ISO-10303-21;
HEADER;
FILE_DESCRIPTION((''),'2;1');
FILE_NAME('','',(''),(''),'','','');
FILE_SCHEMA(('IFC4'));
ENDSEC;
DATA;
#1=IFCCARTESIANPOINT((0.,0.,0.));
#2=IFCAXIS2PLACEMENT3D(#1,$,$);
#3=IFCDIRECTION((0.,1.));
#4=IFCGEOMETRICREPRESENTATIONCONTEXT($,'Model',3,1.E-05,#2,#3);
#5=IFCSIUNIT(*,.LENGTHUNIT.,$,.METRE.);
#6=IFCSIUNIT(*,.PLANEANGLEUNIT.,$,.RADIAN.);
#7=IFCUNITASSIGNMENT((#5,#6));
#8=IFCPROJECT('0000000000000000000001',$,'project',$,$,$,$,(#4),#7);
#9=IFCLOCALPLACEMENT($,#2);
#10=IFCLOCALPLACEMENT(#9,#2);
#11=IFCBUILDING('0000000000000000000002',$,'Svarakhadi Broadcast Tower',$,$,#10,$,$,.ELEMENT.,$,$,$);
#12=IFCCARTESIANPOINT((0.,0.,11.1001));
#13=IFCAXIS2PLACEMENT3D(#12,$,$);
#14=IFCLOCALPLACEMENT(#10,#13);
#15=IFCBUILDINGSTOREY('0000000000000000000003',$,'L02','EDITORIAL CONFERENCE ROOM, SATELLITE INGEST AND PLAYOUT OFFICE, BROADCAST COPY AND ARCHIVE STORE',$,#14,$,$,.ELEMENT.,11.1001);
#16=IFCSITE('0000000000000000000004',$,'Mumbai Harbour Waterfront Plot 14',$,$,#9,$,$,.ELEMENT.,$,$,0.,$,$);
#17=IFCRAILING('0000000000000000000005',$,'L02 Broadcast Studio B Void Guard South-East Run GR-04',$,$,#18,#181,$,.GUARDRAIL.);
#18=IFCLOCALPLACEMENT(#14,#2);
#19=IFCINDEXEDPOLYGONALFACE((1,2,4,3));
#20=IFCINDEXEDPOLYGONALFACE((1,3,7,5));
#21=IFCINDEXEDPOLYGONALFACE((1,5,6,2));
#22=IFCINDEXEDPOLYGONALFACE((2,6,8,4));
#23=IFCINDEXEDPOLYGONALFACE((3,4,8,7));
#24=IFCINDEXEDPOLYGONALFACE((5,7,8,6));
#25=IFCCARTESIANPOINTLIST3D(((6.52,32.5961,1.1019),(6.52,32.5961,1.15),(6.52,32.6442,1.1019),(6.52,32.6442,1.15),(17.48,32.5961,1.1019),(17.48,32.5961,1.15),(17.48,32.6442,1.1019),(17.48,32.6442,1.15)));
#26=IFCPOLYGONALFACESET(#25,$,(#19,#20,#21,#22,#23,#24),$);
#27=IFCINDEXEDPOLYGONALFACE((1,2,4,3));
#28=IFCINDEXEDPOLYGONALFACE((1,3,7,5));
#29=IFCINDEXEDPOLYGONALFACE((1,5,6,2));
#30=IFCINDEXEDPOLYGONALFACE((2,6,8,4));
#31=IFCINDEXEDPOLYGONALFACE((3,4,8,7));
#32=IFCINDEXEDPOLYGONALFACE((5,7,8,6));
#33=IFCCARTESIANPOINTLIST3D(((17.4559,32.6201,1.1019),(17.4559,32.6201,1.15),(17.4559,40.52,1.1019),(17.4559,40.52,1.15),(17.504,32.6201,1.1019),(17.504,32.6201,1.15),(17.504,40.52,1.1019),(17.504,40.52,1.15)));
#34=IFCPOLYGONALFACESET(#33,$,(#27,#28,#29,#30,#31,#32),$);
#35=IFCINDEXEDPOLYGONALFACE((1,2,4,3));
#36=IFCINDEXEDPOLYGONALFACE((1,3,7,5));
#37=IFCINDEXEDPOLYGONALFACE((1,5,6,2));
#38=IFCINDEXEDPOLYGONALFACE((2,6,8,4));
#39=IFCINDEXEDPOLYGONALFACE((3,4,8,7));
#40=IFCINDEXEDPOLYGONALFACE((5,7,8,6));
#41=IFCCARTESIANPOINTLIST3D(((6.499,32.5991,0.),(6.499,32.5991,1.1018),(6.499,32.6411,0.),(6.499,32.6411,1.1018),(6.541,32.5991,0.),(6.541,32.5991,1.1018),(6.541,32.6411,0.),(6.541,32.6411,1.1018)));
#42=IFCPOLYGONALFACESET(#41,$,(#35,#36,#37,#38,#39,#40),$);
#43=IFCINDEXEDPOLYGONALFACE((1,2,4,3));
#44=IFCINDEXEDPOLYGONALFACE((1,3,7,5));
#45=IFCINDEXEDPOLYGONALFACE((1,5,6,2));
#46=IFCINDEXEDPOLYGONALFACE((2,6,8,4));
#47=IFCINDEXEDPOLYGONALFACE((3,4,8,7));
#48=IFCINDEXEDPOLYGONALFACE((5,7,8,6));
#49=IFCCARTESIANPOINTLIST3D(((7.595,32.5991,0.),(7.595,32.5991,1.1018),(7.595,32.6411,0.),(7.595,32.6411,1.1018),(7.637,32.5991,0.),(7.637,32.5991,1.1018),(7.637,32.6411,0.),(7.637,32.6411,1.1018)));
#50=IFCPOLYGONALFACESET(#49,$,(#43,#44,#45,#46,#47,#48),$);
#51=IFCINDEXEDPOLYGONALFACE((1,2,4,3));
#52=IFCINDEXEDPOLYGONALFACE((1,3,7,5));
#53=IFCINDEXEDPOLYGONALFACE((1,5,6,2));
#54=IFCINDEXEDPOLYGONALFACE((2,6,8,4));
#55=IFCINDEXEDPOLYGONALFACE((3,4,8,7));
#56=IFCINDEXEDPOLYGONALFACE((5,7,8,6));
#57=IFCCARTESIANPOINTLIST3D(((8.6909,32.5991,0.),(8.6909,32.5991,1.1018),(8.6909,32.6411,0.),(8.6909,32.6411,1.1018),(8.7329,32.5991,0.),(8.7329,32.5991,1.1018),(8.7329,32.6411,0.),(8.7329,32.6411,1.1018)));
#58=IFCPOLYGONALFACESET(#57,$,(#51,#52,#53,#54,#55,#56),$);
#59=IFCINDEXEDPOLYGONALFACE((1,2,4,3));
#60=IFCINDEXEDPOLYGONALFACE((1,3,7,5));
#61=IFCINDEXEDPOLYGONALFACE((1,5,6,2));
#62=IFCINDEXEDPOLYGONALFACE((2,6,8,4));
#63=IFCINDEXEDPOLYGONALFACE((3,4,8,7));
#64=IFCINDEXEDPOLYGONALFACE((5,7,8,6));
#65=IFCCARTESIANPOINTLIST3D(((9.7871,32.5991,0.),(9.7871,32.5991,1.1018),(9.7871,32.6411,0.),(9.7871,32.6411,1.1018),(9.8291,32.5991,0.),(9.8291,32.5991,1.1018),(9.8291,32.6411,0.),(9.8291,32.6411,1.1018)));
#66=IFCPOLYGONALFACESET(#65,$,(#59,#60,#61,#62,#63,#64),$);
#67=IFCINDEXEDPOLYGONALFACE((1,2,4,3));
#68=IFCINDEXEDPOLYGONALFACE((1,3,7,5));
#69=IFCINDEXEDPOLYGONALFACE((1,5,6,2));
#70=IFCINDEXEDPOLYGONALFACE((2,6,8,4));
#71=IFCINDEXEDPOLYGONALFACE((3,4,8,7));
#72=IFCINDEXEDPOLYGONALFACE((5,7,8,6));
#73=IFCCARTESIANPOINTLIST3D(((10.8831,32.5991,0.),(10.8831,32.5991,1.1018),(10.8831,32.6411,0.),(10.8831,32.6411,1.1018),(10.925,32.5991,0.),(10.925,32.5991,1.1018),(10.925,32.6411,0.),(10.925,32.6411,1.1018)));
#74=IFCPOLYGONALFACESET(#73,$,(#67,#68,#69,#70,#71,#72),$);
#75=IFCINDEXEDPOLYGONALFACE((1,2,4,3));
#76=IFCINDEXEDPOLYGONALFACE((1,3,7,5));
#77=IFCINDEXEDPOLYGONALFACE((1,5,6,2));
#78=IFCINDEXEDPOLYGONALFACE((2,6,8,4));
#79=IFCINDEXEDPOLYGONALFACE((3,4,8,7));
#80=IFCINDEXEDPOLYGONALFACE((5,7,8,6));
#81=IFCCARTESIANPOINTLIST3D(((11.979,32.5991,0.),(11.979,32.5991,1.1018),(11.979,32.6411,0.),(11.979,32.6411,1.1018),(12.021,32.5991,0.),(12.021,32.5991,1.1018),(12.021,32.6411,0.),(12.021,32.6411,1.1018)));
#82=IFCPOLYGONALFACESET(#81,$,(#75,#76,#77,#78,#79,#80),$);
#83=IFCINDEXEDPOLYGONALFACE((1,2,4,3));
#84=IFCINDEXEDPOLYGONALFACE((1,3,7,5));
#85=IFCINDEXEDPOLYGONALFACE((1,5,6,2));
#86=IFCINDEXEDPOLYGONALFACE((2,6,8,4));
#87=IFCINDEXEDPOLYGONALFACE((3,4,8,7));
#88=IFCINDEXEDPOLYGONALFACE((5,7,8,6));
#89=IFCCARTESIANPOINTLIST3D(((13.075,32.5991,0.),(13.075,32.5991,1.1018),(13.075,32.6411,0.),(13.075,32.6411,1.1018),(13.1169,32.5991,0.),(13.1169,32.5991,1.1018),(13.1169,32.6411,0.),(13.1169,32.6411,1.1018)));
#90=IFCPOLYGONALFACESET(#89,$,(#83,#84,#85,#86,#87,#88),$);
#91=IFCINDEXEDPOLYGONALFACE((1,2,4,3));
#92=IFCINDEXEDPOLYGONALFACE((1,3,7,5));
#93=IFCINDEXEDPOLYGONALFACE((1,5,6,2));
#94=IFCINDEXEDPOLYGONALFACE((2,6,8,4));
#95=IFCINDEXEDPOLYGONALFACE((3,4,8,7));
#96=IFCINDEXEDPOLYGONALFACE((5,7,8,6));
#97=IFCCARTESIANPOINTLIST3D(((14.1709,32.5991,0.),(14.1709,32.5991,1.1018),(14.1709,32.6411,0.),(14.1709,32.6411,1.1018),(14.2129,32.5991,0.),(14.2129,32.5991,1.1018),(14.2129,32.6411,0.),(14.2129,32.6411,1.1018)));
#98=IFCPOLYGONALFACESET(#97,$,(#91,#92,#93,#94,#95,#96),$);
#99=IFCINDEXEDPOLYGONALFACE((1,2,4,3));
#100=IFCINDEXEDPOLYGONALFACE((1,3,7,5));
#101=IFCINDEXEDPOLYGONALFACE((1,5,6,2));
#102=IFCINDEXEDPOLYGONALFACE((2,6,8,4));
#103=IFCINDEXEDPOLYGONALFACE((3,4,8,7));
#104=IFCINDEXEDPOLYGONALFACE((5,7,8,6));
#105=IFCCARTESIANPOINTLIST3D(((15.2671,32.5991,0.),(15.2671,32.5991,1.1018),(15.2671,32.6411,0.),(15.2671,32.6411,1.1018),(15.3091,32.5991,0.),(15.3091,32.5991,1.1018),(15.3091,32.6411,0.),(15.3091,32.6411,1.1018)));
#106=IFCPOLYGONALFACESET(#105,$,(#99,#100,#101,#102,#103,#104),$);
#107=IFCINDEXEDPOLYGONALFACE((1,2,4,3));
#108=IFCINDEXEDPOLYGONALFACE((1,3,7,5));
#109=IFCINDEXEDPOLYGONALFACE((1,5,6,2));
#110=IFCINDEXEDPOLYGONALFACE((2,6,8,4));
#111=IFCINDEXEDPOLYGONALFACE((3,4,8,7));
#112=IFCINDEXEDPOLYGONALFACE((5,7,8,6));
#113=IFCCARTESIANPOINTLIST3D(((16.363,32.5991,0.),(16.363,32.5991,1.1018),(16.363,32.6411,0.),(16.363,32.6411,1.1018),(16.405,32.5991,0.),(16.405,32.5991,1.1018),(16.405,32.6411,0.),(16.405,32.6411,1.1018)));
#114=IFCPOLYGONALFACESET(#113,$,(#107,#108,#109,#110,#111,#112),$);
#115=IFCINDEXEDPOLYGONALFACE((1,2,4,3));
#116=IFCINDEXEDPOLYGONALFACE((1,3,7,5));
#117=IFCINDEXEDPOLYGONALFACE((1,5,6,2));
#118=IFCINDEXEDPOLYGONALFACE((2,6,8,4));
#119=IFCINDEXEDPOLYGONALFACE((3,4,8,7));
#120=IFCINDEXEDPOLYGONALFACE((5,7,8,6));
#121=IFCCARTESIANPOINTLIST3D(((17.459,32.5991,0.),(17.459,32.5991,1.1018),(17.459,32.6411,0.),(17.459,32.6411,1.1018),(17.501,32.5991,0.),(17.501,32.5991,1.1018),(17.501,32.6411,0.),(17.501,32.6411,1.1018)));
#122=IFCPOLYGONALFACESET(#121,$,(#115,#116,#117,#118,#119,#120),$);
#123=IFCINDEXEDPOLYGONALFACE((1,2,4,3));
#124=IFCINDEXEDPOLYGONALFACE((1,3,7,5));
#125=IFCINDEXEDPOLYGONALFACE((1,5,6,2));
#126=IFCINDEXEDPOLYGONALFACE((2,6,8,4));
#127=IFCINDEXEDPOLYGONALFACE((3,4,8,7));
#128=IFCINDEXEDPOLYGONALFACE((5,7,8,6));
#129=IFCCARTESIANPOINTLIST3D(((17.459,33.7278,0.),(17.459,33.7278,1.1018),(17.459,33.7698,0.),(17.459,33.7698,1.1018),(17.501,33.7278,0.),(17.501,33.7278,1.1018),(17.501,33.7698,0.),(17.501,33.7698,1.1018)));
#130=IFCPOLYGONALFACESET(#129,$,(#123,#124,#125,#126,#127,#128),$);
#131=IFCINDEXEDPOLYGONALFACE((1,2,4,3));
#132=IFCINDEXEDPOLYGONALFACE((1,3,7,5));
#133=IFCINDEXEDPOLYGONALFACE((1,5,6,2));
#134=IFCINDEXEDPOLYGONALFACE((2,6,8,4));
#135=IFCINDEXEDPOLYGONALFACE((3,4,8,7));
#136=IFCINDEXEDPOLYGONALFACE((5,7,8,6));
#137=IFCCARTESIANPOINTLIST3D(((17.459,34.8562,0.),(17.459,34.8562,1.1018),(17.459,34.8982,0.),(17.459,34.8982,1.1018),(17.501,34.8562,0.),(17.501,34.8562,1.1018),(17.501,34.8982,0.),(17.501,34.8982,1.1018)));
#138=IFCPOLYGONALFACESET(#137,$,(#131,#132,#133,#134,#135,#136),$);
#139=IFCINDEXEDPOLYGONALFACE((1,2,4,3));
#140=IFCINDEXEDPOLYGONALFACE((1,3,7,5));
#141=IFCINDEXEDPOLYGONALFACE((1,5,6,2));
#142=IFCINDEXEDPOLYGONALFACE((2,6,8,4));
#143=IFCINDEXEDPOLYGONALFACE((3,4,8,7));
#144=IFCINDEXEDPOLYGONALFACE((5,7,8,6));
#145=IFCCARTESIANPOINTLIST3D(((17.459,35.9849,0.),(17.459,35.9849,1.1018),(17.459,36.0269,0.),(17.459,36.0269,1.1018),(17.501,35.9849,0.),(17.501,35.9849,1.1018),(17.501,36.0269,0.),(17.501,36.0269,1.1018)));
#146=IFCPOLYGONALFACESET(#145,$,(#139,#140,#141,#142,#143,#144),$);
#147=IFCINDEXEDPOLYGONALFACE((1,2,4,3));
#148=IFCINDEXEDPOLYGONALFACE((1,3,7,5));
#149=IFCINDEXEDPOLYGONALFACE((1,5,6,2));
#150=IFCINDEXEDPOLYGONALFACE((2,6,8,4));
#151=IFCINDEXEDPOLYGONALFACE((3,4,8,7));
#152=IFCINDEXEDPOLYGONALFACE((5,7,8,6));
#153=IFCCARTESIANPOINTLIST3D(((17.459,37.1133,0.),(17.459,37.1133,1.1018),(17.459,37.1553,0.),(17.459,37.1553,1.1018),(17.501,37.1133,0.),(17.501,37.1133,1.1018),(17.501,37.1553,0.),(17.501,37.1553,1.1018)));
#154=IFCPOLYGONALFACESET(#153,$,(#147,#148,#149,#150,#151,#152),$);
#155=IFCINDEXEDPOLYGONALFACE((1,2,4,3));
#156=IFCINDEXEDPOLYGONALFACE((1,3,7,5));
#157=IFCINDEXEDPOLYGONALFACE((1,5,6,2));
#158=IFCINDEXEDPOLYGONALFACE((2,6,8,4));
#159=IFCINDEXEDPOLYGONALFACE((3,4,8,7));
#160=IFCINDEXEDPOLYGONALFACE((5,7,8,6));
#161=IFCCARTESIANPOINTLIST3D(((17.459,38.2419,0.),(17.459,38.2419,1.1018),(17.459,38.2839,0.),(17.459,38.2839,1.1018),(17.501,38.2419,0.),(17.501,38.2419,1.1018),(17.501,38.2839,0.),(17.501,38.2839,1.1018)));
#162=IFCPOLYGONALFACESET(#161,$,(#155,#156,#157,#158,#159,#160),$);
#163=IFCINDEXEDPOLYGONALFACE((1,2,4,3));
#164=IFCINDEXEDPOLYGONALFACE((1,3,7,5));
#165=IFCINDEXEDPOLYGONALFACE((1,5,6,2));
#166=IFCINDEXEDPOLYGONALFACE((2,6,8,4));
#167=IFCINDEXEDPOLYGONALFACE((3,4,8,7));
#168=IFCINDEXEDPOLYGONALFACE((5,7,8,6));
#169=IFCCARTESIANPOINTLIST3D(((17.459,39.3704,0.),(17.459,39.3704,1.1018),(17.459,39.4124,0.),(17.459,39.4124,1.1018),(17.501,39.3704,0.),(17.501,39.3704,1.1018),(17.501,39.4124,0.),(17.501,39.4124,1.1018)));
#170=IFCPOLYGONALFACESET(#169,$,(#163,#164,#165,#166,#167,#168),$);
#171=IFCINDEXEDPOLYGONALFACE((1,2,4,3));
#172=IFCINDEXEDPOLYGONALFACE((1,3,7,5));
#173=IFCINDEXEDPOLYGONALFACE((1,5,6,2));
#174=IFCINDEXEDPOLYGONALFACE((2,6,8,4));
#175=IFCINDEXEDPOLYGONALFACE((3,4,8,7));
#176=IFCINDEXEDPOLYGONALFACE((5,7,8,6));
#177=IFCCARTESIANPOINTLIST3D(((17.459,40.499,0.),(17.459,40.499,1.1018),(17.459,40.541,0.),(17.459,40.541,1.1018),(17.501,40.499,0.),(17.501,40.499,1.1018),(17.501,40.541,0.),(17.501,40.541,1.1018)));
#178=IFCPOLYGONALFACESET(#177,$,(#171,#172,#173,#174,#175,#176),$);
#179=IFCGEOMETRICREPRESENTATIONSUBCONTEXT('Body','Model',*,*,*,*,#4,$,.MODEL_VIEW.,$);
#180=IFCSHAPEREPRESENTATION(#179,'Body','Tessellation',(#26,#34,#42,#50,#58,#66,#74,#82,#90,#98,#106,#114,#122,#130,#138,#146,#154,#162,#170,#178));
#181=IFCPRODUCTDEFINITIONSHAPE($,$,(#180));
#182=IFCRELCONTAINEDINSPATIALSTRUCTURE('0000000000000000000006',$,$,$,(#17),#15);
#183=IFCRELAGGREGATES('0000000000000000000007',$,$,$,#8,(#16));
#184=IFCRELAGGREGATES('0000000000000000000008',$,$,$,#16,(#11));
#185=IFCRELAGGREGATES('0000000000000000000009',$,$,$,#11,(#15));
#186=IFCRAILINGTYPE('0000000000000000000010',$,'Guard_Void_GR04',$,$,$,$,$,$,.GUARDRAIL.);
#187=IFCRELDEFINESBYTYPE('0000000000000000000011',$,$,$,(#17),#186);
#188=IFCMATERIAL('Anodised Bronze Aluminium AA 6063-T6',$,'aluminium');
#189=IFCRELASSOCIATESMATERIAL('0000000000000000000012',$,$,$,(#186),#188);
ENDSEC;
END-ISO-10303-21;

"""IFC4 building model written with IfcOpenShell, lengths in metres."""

from ifc_helpers import new_model, si_unit, direction, frame, origin, origin_2d, place, context, subcontext, project, spatial, rectangle, extrude, material, type_object, element, save


model = new_model("IFC4")

# Units and contexts
model_context = context("Model", 3, precision=1e-05, world=origin(), true_north=direction((0.0, 1.0)))
body_context = subcontext(model_context, "Body", "Model", "MODEL_VIEW")
ifc_project = project(units=[si_unit("LENGTHUNIT", "METRE"), si_unit("PLANEANGLEUNIT", "RADIAN")], contexts=[model_context])

# Site, building, storey
site_placement = place(None, origin())
site = spatial("IfcSite", under=ifc_project, at=site_placement, Name="Mumbai Harbour Waterfront Plot 14", CompositionType="ELEMENT", RefElevation=0.0)
building_placement = place(site_placement, origin())
building = spatial("IfcBuilding", under=site, at=building_placement, Name="Svarakhadi Broadcast Tower", CompositionType="ELEMENT")
storey_placement = place(building_placement, frame((0.0, 0.0, 11.1001)))
storey = spatial("IfcBuildingStorey", under=building, at=storey_placement, Name="L02", Description="EDITORIAL CONFERENCE ROOM, SATELLITE INGEST AND PLAYOUT OFFICE, BROADCAST COPY AND ARCHIVE STORE", CompositionType="ELEMENT", Elevation=11.1001)

# Shared definitions
ifc_material_1 = material(Name="Anodised Bronze Aluminium AA 6063-T6", Category="aluminium")

# Railing
railing_type = type_object("IfcRailingType", Name="Guard_Void_GR04", PredefinedType="GUARDRAIL", material=ifc_material_1)
railing_1_placement = place(storey_placement, frame((6.52, 32.6201, 0.0)))
element("IfcRailing", 1, at=railing_1_placement, inside=storey, type_object=railing_type, Name="L02 Broadcast Studio B Void Guard South-East Run GR-04", PredefinedType="GUARDRAIL", context=body_context, shape_type="SweptSolid", body=[
    extrude(rectangle(XDim=0.0481, YDim=0.0481, at=origin_2d()), frame((0.0, 0.0, 1.126), z_axis=(1.0, 0.0, 0.0), x_axis=(0.0, 1.0, 0.0)), (0.0, 0.0, 1.0), 10.96),
    extrude(rectangle(XDim=0.0481, YDim=0.0481, at=origin_2d()), frame((10.96, 0.0, 1.126), z_axis=(0.0, 1.0, 0.0), x_axis=(-1.0, 0.0, 0.0)), (0.0, 0.0, 1.0), 7.8999),
    extrude(rectangle(XDim=0.042, YDim=0.042, at=origin_2d()), origin(), (0.0, 0.0, 1.0), 1.1018),
    extrude(rectangle(XDim=0.042, YDim=0.042, at=origin_2d()), frame((1.0959, 0.0, 0.0)), (0.0, 0.0, 1.0), 1.1018),
    extrude(rectangle(XDim=0.042, YDim=0.042, at=origin_2d()), frame((2.1919, 0.0, 0.0)), (0.0, 0.0, 1.0), 1.1018),
    extrude(rectangle(XDim=0.042, YDim=0.042, at=origin_2d()), frame((3.2881, 0.0, 0.0)), (0.0, 0.0, 1.0), 1.1018),
    extrude(rectangle(XDim=0.042, YDim=0.042, at=origin_2d()), frame((4.384, 0.0, 0.0)), (0.0, 0.0, 1.0), 1.1018),
    extrude(rectangle(XDim=0.042, YDim=0.042, at=origin_2d()), frame((5.48, 0.0, 0.0)), (0.0, 0.0, 1.0), 1.1018),
    extrude(rectangle(XDim=0.042, YDim=0.042, at=origin_2d()), frame((6.5759, 0.0, 0.0)), (0.0, 0.0, 1.0), 1.1018),
    extrude(rectangle(XDim=0.042, YDim=0.042, at=origin_2d()), frame((7.6719, 0.0, 0.0)), (0.0, 0.0, 1.0), 1.1018),
    extrude(rectangle(XDim=0.042, YDim=0.042, at=origin_2d()), frame((8.7681, 0.0, 0.0)), (0.0, 0.0, 1.0), 1.1018),
    extrude(rectangle(XDim=0.042, YDim=0.042, at=origin_2d()), frame((9.864, 0.0, 0.0)), (0.0, 0.0, 1.0), 1.1018),
    extrude(rectangle(XDim=0.042, YDim=0.042, at=origin_2d()), frame((10.96, 0.0, 0.0)), (0.0, 0.0, 1.0), 1.1018),
    extrude(rectangle(XDim=0.042, YDim=0.042, at=origin_2d()), frame((10.96, 1.1287, 0.0)), (0.0, 0.0, 1.0), 1.1018),
    extrude(rectangle(XDim=0.042, YDim=0.042, at=origin_2d()), frame((10.96, 2.2571, 0.0)), (0.0, 0.0, 1.0), 1.1018),
    extrude(rectangle(XDim=0.042, YDim=0.042, at=origin_2d()), frame((10.96, 3.3857, 0.0)), (0.0, 0.0, 1.0), 1.1018),
    extrude(rectangle(XDim=0.042, YDim=0.042, at=origin_2d()), frame((10.96, 4.5142, 0.0)), (0.0, 0.0, 1.0), 1.1018),
    extrude(rectangle(XDim=0.042, YDim=0.042, at=origin_2d()), frame((10.96, 5.6428, 0.0)), (0.0, 0.0, 1.0), 1.1018),
    extrude(rectangle(XDim=0.042, YDim=0.042, at=origin_2d()), frame((10.96, 6.7712, 0.0)), (0.0, 0.0, 1.0), 1.1018),
    extrude(rectangle(XDim=0.042, YDim=0.042, at=origin_2d()), frame((10.96, 7.8999, 0.0)), (0.0, 0.0, 1.0), 1.1018),
])

save(model, "model.ifc")
